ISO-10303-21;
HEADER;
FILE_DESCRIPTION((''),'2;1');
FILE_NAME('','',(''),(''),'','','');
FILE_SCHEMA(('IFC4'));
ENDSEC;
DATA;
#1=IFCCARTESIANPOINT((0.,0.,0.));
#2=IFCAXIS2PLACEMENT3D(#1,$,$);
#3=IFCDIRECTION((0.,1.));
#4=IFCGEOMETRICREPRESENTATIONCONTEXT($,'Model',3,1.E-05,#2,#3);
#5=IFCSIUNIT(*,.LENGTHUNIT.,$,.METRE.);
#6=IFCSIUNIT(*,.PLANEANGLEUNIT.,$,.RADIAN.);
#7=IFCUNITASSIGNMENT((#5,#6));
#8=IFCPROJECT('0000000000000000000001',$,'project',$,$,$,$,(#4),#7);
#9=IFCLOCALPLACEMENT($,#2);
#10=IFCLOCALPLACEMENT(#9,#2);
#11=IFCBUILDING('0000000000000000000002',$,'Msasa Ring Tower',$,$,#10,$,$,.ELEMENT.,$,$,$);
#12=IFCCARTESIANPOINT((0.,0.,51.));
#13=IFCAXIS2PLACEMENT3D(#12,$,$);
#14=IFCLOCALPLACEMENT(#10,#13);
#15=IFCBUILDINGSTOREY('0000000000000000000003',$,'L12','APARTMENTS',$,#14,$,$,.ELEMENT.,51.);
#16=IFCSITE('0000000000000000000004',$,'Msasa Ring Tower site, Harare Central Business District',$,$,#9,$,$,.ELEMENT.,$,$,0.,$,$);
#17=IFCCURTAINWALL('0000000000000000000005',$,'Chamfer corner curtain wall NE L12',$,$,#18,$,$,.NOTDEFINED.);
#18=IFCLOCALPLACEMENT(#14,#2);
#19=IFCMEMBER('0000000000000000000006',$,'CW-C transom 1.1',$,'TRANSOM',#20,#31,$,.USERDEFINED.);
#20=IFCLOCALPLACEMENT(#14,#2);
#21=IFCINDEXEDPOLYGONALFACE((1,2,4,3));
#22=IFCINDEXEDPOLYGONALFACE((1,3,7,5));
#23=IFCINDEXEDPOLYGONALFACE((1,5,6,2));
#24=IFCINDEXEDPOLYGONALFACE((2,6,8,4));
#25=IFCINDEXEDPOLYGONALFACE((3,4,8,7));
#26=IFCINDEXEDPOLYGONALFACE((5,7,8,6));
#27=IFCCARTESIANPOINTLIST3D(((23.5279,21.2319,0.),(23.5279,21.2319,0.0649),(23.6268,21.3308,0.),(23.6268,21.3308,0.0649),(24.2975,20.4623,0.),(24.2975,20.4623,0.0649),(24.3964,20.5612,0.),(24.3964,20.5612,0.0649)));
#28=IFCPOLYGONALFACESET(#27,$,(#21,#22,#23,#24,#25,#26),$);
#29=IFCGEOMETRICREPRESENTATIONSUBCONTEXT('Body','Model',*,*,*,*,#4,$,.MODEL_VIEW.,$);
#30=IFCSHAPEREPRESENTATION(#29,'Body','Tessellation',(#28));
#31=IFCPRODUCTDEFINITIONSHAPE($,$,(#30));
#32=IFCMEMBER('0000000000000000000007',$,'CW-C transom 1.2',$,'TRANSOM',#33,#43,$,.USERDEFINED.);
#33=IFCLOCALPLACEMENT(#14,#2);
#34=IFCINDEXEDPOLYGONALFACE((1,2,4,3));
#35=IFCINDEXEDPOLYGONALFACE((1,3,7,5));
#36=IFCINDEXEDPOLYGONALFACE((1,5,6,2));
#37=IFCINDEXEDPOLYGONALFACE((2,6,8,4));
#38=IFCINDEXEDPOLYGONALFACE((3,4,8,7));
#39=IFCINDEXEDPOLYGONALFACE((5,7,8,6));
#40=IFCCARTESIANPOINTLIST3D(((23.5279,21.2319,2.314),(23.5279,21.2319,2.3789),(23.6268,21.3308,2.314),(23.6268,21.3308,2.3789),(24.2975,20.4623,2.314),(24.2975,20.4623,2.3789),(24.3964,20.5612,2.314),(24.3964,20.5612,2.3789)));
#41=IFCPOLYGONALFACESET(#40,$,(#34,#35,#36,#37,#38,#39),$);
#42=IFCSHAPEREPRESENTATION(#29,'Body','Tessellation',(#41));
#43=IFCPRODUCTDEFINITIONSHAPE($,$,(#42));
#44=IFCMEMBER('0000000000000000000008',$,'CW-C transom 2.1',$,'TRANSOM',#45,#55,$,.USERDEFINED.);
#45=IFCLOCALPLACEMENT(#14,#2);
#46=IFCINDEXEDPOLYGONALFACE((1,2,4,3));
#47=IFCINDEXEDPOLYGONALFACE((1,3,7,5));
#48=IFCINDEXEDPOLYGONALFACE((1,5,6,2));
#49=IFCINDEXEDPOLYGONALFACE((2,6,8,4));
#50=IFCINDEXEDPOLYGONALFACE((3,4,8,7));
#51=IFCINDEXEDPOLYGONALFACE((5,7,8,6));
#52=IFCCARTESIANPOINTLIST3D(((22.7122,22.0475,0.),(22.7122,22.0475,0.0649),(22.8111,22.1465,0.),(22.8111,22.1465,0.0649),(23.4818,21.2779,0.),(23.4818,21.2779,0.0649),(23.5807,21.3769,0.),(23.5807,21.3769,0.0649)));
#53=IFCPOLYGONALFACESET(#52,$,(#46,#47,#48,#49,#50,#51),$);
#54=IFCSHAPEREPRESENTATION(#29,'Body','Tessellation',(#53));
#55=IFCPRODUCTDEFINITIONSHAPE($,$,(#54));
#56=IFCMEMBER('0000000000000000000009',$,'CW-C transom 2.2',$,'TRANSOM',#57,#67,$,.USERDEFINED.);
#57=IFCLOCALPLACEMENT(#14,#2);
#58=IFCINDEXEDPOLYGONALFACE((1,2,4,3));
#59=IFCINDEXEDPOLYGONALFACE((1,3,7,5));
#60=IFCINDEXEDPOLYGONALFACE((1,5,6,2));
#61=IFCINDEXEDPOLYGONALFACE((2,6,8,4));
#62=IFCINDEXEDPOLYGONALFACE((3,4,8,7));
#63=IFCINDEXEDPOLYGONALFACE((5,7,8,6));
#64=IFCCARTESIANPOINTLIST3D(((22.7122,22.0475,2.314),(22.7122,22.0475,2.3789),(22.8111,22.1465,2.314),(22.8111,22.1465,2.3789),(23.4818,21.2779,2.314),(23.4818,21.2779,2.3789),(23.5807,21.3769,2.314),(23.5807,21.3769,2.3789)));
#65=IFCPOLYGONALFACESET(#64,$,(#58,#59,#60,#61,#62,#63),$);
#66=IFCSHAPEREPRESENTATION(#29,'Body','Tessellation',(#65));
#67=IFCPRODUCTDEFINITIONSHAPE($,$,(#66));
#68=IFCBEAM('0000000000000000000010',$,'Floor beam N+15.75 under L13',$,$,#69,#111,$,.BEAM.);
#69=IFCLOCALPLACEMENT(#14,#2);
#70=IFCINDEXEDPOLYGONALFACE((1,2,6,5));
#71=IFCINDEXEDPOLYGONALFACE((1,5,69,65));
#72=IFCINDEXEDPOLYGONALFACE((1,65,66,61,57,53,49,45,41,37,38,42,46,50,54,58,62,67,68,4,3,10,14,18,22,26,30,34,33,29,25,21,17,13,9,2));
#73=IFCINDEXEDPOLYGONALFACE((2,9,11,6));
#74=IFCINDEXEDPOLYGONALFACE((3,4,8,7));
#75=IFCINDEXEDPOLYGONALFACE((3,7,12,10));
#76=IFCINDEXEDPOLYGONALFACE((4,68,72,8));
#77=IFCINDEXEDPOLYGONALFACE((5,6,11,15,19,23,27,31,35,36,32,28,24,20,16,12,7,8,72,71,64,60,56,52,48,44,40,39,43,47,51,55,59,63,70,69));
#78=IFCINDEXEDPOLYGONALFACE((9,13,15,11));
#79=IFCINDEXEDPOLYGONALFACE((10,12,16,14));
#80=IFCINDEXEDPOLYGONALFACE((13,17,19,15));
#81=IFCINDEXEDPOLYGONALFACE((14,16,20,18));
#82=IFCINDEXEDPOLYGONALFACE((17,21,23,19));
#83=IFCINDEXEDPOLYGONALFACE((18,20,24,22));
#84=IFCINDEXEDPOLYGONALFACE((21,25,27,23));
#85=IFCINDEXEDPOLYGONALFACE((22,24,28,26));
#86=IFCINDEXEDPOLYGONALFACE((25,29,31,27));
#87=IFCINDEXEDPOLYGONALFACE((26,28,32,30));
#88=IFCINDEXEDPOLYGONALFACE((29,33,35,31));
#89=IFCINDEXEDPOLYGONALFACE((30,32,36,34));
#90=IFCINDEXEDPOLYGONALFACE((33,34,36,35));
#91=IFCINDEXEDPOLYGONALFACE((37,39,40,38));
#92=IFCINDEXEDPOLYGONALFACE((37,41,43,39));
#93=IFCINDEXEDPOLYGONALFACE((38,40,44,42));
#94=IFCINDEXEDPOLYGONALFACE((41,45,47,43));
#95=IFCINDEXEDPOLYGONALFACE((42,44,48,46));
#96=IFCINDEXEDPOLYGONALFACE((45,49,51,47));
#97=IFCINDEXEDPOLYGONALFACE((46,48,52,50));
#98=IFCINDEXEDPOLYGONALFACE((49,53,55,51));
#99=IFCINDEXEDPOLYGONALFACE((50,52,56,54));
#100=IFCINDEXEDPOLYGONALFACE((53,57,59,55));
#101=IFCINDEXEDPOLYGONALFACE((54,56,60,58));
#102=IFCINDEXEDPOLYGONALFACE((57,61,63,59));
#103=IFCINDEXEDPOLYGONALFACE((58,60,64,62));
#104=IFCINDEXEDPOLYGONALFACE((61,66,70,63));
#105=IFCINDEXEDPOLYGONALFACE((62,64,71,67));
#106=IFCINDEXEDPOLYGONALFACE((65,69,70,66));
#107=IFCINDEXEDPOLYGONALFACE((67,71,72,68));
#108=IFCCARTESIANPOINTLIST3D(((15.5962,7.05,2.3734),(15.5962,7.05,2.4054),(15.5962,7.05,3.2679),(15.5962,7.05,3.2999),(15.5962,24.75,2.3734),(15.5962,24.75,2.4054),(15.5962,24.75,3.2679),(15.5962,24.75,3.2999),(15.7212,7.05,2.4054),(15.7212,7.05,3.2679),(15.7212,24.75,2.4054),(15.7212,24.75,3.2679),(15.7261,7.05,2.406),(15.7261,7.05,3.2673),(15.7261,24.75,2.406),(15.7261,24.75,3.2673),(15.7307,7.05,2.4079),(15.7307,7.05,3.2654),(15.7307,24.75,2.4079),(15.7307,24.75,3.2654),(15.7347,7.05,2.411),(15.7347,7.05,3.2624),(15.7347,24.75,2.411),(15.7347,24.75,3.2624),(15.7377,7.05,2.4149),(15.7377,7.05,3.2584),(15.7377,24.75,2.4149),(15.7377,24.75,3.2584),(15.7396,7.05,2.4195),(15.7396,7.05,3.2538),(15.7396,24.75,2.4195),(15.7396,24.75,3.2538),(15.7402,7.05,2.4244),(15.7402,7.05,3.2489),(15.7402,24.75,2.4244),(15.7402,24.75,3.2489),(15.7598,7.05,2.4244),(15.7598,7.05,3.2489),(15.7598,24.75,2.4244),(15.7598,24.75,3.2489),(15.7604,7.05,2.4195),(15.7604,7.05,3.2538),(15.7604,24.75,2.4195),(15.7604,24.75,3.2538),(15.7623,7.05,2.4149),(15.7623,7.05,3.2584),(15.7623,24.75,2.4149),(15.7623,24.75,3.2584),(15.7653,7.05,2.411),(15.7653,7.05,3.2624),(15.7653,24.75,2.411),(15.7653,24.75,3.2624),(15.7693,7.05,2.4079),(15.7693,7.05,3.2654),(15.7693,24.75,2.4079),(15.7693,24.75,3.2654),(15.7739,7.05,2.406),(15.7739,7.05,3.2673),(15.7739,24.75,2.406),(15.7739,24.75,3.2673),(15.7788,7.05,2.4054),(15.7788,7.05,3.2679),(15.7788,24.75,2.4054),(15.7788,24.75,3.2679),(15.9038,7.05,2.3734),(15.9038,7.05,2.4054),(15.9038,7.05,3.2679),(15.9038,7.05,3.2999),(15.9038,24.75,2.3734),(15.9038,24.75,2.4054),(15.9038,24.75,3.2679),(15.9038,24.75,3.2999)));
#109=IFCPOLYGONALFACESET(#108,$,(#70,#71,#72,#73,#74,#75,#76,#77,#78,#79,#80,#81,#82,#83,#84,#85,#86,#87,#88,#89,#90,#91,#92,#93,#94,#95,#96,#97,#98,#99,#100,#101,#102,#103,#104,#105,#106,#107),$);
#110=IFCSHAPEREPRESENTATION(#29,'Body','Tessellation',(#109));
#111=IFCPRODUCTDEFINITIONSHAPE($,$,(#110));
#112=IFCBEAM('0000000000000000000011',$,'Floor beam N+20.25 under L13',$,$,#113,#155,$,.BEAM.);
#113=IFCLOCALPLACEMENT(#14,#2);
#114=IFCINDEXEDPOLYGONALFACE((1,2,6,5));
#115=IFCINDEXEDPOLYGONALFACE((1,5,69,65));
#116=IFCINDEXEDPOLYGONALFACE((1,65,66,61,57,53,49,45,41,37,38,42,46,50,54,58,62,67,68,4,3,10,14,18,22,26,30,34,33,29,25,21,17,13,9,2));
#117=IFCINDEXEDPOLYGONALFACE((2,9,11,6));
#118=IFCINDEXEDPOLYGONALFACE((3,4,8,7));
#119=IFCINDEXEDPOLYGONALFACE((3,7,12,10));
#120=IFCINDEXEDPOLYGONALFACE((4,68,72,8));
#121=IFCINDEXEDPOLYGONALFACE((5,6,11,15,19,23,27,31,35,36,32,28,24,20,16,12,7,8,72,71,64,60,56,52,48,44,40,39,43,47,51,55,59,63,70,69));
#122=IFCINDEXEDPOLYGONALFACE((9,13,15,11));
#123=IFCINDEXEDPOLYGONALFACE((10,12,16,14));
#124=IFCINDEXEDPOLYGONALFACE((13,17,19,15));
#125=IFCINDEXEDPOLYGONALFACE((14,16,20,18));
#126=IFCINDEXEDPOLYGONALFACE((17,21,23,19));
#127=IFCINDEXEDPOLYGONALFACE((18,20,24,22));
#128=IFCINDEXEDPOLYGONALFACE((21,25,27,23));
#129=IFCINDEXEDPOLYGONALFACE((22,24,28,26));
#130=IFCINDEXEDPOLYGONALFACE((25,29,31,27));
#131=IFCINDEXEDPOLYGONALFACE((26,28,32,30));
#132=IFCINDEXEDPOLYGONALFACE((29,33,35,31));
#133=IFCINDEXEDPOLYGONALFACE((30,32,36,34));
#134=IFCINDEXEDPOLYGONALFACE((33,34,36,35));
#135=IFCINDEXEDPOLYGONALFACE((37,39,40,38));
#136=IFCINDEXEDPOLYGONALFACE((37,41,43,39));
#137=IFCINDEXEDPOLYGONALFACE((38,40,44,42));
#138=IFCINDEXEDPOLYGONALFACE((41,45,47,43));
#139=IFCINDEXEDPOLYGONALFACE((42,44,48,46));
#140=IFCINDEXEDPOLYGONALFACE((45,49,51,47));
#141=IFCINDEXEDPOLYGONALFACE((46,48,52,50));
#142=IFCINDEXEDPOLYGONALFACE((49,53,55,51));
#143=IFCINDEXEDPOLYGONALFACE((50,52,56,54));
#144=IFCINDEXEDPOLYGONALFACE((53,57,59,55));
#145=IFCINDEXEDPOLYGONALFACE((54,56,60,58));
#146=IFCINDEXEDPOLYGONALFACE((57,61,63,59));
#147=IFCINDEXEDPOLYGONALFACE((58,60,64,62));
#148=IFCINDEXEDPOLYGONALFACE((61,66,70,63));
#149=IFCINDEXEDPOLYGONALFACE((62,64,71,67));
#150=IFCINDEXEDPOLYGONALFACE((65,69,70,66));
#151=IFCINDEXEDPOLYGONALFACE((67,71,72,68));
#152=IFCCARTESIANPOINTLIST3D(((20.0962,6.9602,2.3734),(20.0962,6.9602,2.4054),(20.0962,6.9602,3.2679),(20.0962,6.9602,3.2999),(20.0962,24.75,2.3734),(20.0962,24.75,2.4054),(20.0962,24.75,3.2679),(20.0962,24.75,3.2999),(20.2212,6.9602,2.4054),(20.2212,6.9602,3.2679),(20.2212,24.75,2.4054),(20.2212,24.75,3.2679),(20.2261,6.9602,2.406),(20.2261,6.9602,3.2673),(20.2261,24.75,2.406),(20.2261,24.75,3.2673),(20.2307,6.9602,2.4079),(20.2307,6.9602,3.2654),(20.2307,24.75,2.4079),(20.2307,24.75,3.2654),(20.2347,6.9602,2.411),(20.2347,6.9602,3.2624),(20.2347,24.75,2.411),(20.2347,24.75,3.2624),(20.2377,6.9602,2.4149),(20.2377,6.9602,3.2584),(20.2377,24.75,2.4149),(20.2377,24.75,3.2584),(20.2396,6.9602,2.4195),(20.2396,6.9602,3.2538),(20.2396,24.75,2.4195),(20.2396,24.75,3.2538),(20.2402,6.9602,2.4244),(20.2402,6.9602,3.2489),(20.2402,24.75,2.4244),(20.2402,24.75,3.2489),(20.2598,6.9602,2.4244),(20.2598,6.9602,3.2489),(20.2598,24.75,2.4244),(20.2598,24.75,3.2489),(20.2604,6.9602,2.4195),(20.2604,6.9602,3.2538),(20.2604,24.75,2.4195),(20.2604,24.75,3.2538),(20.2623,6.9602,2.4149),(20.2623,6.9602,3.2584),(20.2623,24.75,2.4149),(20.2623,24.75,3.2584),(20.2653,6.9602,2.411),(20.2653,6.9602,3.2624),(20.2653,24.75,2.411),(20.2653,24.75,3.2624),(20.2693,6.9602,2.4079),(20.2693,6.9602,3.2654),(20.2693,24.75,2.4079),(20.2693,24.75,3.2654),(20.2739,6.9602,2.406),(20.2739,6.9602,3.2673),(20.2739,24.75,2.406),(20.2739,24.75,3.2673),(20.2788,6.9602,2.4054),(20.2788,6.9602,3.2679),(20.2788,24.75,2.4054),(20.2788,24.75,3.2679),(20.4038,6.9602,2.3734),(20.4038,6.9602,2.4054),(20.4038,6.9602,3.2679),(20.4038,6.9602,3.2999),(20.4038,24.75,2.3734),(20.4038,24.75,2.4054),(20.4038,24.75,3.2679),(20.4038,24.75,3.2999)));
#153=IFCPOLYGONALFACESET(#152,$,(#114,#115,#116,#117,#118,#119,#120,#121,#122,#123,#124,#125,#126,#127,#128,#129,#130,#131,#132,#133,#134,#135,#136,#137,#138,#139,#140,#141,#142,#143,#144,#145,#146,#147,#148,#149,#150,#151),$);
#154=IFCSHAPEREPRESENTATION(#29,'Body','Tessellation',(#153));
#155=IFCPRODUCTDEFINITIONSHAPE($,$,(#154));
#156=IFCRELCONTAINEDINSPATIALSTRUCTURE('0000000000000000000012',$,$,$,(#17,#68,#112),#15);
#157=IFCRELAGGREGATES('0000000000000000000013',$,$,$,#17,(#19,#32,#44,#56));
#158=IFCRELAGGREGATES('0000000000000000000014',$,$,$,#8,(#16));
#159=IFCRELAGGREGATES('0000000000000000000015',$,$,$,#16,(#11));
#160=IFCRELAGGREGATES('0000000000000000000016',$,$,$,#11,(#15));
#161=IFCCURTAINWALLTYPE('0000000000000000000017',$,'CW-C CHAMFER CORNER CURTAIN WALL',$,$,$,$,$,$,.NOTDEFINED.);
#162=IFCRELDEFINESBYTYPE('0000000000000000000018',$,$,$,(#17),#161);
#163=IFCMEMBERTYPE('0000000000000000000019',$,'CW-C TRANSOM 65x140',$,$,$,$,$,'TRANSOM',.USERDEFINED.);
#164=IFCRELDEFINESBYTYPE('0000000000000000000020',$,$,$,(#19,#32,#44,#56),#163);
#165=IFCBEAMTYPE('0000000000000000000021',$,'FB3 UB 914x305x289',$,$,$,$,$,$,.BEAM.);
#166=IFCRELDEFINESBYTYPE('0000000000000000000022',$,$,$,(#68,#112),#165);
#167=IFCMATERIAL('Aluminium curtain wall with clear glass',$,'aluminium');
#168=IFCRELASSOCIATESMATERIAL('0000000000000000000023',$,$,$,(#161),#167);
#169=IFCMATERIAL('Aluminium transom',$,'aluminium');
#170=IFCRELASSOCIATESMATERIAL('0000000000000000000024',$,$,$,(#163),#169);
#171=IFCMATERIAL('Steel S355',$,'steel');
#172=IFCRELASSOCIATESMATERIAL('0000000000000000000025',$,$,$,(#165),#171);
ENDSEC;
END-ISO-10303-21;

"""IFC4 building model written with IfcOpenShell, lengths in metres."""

from ifc_helpers import new_model, si_unit, direction, frame, origin, origin_2d, place, context, subcontext, project, spatial, rectangle, i_section, extrude, material, material_profile, profile_set, type_object, element, aggregate, save


model = new_model("IFC4")

# Units and contexts
model_context = context("Model", 3, precision=1e-05, world=origin(), true_north=direction((0.0, 1.0)))
body_context = subcontext(model_context, "Body", "Model", "MODEL_VIEW")
ifc_project = project(units=[si_unit("LENGTHUNIT", "METRE"), si_unit("PLANEANGLEUNIT", "RADIAN")], contexts=[model_context])

# Site, building, storey
site_placement = place(None, origin())
site = spatial("IfcSite", under=ifc_project, at=site_placement, Name="Msasa Ring Tower site, Harare Central Business District", CompositionType="ELEMENT", RefElevation=0.0)
building_placement = place(site_placement, origin())
building = spatial("IfcBuilding", under=site, at=building_placement, Name="Msasa Ring Tower", CompositionType="ELEMENT")
storey_placement = place(building_placement, frame((0.0, 0.0, 51.0)))
storey = spatial("IfcBuildingStorey", under=building, at=storey_placement, Name="L12", Description="APARTMENTS", CompositionType="ELEMENT", Elevation=51.0)

# Curtain wall
ifc_material_1 = material(Name="Aluminium curtain wall with clear glass", Category="aluminium")
curtain_wall_type = type_object("IfcCurtainWallType", Name="CW-C CHAMFER CORNER CURTAIN WALL", PredefinedType="NOTDEFINED", material=ifc_material_1)
curtain_wall_1_placement = place(storey_placement, origin())
curtain_wall_1 = element("IfcCurtainWall", 1, at=curtain_wall_1_placement, inside=storey, type_object=curtain_wall_type, Name="Chamfer corner curtain wall NE L12", PredefinedType="NOTDEFINED")

# Members
ifc_material_2 = material(Name="Aluminium transom", Category="aluminium")
ifc_material_profile_1 = material_profile(ifc_material_2, rectangle(XDim=0.1399, YDim=0.0649, at=origin_2d()), Name="AL 65x140")
ifc_profile_set_1 = profile_set([ifc_material_profile_1], Name="Aluminium transom")
member_type_1 = type_object("IfcMemberType", Name="CW-C TRANSOM 65x140", ElementType="TRANSOM", PredefinedType="USERDEFINED", material=ifc_profile_set_1)
member_1_placement = place(storey_placement, frame((24.3469, 20.5117, 0.0325), z_axis=(-0.707107, 0.707107, 0.0), x_axis=(-0.707107, -0.707107, 0.0)))
member_1 = element("IfcMember", 2, at=member_1_placement, type_object=member_type_1, Name="CW-C transom 1.1", ObjectType="TRANSOM", PredefinedType="USERDEFINED", context=body_context, shape_type="SweptSolid", body=[
    extrude(rectangle(XDim=0.1399, YDim=0.0649, at=origin_2d()), origin(), (0.0, 0.0, 1.0), 1.0884),
])
member_2_placement = place(storey_placement, frame((24.3469, 20.5117, 2.3464), z_axis=(-0.707107, 0.707107, 0.0), x_axis=(-0.707107, -0.707107, 0.0)))
member_2 = element("IfcMember", 3, at=member_2_placement, type_object=member_type_1, Name="CW-C transom 1.2", ObjectType="TRANSOM", PredefinedType="USERDEFINED", context=body_context, shape_type="SweptSolid", body=[
    extrude(rectangle(XDim=0.1399, YDim=0.0649, at=origin_2d()), origin(), (0.0, 0.0, 1.0), 1.0884),
])
member_3_placement = place(storey_placement, frame((23.5312, 21.3274, 0.0325), z_axis=(-0.707107, 0.707107, 0.0), x_axis=(-0.707107, -0.707107, 0.0)))
member_3 = element("IfcMember", 4, at=member_3_placement, type_object=member_type_1, Name="CW-C transom 2.1", ObjectType="TRANSOM", PredefinedType="USERDEFINED", context=body_context, shape_type="SweptSolid", body=[
    extrude(rectangle(XDim=0.1399, YDim=0.0649, at=origin_2d()), origin(), (0.0, 0.0, 1.0), 1.0884),
])
member_4_placement = place(storey_placement, frame((23.5312, 21.3274, 2.3464), z_axis=(-0.707107, 0.707107, 0.0), x_axis=(-0.707107, -0.707107, 0.0)))
member_4 = element("IfcMember", 5, at=member_4_placement, type_object=member_type_1, Name="CW-C transom 2.2", ObjectType="TRANSOM", PredefinedType="USERDEFINED", context=body_context, shape_type="SweptSolid", body=[
    extrude(rectangle(XDim=0.1399, YDim=0.0649, at=origin_2d()), origin(), (0.0, 0.0, 1.0), 1.0884),
])

# Beams
ifc_material_3 = material(Name="Steel S355", Category="steel")
ifc_material_profile_2 = material_profile(ifc_material_3, i_section(OverallWidth=0.3076, OverallDepth=0.9265, WebThickness=0.0195, FlangeThickness=0.032, FilletRadius=0.019, at=origin_2d()), Name="UB 914x305x289")
ifc_profile_set_2 = profile_set([ifc_material_profile_2], Name="Steel S355")
beam_type_1 = type_object("IfcBeamType", Name="FB3 UB 914x305x289", PredefinedType="BEAM", material=ifc_profile_set_2)
beam_1_placement = place(storey_placement, frame((15.75, 24.75, 2.8367), z_axis=(0.0, -1.0, 0.0), x_axis=(1.0, 0.0, 0.0)))
element("IfcBeam", 6, at=beam_1_placement, inside=storey, type_object=beam_type_1, Name="Floor beam N+15.75 under L13", PredefinedType="BEAM", context=body_context, shape_type="SweptSolid", body=[
    extrude(i_section(OverallWidth=0.3076, OverallDepth=0.9265, WebThickness=0.0195, FlangeThickness=0.032, FilletRadius=0.019, at=origin_2d()), origin(), (0.0, 0.0, 1.0), 17.7),
])
beam_2_placement = place(storey_placement, frame((20.25, 24.75, 2.8367), z_axis=(0.0, -1.0, 0.0), x_axis=(1.0, 0.0, 0.0)))
element("IfcBeam", 7, at=beam_2_placement, inside=storey, type_object=beam_type_1, Name="Floor beam N+20.25 under L13", PredefinedType="BEAM", context=body_context, shape_type="SweptSolid", body=[
    extrude(i_section(OverallWidth=0.3076, OverallDepth=0.9265, WebThickness=0.0195, FlangeThickness=0.032, FilletRadius=0.019, at=origin_2d()), origin(), (0.0, 0.0, 1.0), 17.7898),
])

aggregate(curtain_wall_1, [member_1, member_2, member_3, member_4])

save(model, "model.ifc")
